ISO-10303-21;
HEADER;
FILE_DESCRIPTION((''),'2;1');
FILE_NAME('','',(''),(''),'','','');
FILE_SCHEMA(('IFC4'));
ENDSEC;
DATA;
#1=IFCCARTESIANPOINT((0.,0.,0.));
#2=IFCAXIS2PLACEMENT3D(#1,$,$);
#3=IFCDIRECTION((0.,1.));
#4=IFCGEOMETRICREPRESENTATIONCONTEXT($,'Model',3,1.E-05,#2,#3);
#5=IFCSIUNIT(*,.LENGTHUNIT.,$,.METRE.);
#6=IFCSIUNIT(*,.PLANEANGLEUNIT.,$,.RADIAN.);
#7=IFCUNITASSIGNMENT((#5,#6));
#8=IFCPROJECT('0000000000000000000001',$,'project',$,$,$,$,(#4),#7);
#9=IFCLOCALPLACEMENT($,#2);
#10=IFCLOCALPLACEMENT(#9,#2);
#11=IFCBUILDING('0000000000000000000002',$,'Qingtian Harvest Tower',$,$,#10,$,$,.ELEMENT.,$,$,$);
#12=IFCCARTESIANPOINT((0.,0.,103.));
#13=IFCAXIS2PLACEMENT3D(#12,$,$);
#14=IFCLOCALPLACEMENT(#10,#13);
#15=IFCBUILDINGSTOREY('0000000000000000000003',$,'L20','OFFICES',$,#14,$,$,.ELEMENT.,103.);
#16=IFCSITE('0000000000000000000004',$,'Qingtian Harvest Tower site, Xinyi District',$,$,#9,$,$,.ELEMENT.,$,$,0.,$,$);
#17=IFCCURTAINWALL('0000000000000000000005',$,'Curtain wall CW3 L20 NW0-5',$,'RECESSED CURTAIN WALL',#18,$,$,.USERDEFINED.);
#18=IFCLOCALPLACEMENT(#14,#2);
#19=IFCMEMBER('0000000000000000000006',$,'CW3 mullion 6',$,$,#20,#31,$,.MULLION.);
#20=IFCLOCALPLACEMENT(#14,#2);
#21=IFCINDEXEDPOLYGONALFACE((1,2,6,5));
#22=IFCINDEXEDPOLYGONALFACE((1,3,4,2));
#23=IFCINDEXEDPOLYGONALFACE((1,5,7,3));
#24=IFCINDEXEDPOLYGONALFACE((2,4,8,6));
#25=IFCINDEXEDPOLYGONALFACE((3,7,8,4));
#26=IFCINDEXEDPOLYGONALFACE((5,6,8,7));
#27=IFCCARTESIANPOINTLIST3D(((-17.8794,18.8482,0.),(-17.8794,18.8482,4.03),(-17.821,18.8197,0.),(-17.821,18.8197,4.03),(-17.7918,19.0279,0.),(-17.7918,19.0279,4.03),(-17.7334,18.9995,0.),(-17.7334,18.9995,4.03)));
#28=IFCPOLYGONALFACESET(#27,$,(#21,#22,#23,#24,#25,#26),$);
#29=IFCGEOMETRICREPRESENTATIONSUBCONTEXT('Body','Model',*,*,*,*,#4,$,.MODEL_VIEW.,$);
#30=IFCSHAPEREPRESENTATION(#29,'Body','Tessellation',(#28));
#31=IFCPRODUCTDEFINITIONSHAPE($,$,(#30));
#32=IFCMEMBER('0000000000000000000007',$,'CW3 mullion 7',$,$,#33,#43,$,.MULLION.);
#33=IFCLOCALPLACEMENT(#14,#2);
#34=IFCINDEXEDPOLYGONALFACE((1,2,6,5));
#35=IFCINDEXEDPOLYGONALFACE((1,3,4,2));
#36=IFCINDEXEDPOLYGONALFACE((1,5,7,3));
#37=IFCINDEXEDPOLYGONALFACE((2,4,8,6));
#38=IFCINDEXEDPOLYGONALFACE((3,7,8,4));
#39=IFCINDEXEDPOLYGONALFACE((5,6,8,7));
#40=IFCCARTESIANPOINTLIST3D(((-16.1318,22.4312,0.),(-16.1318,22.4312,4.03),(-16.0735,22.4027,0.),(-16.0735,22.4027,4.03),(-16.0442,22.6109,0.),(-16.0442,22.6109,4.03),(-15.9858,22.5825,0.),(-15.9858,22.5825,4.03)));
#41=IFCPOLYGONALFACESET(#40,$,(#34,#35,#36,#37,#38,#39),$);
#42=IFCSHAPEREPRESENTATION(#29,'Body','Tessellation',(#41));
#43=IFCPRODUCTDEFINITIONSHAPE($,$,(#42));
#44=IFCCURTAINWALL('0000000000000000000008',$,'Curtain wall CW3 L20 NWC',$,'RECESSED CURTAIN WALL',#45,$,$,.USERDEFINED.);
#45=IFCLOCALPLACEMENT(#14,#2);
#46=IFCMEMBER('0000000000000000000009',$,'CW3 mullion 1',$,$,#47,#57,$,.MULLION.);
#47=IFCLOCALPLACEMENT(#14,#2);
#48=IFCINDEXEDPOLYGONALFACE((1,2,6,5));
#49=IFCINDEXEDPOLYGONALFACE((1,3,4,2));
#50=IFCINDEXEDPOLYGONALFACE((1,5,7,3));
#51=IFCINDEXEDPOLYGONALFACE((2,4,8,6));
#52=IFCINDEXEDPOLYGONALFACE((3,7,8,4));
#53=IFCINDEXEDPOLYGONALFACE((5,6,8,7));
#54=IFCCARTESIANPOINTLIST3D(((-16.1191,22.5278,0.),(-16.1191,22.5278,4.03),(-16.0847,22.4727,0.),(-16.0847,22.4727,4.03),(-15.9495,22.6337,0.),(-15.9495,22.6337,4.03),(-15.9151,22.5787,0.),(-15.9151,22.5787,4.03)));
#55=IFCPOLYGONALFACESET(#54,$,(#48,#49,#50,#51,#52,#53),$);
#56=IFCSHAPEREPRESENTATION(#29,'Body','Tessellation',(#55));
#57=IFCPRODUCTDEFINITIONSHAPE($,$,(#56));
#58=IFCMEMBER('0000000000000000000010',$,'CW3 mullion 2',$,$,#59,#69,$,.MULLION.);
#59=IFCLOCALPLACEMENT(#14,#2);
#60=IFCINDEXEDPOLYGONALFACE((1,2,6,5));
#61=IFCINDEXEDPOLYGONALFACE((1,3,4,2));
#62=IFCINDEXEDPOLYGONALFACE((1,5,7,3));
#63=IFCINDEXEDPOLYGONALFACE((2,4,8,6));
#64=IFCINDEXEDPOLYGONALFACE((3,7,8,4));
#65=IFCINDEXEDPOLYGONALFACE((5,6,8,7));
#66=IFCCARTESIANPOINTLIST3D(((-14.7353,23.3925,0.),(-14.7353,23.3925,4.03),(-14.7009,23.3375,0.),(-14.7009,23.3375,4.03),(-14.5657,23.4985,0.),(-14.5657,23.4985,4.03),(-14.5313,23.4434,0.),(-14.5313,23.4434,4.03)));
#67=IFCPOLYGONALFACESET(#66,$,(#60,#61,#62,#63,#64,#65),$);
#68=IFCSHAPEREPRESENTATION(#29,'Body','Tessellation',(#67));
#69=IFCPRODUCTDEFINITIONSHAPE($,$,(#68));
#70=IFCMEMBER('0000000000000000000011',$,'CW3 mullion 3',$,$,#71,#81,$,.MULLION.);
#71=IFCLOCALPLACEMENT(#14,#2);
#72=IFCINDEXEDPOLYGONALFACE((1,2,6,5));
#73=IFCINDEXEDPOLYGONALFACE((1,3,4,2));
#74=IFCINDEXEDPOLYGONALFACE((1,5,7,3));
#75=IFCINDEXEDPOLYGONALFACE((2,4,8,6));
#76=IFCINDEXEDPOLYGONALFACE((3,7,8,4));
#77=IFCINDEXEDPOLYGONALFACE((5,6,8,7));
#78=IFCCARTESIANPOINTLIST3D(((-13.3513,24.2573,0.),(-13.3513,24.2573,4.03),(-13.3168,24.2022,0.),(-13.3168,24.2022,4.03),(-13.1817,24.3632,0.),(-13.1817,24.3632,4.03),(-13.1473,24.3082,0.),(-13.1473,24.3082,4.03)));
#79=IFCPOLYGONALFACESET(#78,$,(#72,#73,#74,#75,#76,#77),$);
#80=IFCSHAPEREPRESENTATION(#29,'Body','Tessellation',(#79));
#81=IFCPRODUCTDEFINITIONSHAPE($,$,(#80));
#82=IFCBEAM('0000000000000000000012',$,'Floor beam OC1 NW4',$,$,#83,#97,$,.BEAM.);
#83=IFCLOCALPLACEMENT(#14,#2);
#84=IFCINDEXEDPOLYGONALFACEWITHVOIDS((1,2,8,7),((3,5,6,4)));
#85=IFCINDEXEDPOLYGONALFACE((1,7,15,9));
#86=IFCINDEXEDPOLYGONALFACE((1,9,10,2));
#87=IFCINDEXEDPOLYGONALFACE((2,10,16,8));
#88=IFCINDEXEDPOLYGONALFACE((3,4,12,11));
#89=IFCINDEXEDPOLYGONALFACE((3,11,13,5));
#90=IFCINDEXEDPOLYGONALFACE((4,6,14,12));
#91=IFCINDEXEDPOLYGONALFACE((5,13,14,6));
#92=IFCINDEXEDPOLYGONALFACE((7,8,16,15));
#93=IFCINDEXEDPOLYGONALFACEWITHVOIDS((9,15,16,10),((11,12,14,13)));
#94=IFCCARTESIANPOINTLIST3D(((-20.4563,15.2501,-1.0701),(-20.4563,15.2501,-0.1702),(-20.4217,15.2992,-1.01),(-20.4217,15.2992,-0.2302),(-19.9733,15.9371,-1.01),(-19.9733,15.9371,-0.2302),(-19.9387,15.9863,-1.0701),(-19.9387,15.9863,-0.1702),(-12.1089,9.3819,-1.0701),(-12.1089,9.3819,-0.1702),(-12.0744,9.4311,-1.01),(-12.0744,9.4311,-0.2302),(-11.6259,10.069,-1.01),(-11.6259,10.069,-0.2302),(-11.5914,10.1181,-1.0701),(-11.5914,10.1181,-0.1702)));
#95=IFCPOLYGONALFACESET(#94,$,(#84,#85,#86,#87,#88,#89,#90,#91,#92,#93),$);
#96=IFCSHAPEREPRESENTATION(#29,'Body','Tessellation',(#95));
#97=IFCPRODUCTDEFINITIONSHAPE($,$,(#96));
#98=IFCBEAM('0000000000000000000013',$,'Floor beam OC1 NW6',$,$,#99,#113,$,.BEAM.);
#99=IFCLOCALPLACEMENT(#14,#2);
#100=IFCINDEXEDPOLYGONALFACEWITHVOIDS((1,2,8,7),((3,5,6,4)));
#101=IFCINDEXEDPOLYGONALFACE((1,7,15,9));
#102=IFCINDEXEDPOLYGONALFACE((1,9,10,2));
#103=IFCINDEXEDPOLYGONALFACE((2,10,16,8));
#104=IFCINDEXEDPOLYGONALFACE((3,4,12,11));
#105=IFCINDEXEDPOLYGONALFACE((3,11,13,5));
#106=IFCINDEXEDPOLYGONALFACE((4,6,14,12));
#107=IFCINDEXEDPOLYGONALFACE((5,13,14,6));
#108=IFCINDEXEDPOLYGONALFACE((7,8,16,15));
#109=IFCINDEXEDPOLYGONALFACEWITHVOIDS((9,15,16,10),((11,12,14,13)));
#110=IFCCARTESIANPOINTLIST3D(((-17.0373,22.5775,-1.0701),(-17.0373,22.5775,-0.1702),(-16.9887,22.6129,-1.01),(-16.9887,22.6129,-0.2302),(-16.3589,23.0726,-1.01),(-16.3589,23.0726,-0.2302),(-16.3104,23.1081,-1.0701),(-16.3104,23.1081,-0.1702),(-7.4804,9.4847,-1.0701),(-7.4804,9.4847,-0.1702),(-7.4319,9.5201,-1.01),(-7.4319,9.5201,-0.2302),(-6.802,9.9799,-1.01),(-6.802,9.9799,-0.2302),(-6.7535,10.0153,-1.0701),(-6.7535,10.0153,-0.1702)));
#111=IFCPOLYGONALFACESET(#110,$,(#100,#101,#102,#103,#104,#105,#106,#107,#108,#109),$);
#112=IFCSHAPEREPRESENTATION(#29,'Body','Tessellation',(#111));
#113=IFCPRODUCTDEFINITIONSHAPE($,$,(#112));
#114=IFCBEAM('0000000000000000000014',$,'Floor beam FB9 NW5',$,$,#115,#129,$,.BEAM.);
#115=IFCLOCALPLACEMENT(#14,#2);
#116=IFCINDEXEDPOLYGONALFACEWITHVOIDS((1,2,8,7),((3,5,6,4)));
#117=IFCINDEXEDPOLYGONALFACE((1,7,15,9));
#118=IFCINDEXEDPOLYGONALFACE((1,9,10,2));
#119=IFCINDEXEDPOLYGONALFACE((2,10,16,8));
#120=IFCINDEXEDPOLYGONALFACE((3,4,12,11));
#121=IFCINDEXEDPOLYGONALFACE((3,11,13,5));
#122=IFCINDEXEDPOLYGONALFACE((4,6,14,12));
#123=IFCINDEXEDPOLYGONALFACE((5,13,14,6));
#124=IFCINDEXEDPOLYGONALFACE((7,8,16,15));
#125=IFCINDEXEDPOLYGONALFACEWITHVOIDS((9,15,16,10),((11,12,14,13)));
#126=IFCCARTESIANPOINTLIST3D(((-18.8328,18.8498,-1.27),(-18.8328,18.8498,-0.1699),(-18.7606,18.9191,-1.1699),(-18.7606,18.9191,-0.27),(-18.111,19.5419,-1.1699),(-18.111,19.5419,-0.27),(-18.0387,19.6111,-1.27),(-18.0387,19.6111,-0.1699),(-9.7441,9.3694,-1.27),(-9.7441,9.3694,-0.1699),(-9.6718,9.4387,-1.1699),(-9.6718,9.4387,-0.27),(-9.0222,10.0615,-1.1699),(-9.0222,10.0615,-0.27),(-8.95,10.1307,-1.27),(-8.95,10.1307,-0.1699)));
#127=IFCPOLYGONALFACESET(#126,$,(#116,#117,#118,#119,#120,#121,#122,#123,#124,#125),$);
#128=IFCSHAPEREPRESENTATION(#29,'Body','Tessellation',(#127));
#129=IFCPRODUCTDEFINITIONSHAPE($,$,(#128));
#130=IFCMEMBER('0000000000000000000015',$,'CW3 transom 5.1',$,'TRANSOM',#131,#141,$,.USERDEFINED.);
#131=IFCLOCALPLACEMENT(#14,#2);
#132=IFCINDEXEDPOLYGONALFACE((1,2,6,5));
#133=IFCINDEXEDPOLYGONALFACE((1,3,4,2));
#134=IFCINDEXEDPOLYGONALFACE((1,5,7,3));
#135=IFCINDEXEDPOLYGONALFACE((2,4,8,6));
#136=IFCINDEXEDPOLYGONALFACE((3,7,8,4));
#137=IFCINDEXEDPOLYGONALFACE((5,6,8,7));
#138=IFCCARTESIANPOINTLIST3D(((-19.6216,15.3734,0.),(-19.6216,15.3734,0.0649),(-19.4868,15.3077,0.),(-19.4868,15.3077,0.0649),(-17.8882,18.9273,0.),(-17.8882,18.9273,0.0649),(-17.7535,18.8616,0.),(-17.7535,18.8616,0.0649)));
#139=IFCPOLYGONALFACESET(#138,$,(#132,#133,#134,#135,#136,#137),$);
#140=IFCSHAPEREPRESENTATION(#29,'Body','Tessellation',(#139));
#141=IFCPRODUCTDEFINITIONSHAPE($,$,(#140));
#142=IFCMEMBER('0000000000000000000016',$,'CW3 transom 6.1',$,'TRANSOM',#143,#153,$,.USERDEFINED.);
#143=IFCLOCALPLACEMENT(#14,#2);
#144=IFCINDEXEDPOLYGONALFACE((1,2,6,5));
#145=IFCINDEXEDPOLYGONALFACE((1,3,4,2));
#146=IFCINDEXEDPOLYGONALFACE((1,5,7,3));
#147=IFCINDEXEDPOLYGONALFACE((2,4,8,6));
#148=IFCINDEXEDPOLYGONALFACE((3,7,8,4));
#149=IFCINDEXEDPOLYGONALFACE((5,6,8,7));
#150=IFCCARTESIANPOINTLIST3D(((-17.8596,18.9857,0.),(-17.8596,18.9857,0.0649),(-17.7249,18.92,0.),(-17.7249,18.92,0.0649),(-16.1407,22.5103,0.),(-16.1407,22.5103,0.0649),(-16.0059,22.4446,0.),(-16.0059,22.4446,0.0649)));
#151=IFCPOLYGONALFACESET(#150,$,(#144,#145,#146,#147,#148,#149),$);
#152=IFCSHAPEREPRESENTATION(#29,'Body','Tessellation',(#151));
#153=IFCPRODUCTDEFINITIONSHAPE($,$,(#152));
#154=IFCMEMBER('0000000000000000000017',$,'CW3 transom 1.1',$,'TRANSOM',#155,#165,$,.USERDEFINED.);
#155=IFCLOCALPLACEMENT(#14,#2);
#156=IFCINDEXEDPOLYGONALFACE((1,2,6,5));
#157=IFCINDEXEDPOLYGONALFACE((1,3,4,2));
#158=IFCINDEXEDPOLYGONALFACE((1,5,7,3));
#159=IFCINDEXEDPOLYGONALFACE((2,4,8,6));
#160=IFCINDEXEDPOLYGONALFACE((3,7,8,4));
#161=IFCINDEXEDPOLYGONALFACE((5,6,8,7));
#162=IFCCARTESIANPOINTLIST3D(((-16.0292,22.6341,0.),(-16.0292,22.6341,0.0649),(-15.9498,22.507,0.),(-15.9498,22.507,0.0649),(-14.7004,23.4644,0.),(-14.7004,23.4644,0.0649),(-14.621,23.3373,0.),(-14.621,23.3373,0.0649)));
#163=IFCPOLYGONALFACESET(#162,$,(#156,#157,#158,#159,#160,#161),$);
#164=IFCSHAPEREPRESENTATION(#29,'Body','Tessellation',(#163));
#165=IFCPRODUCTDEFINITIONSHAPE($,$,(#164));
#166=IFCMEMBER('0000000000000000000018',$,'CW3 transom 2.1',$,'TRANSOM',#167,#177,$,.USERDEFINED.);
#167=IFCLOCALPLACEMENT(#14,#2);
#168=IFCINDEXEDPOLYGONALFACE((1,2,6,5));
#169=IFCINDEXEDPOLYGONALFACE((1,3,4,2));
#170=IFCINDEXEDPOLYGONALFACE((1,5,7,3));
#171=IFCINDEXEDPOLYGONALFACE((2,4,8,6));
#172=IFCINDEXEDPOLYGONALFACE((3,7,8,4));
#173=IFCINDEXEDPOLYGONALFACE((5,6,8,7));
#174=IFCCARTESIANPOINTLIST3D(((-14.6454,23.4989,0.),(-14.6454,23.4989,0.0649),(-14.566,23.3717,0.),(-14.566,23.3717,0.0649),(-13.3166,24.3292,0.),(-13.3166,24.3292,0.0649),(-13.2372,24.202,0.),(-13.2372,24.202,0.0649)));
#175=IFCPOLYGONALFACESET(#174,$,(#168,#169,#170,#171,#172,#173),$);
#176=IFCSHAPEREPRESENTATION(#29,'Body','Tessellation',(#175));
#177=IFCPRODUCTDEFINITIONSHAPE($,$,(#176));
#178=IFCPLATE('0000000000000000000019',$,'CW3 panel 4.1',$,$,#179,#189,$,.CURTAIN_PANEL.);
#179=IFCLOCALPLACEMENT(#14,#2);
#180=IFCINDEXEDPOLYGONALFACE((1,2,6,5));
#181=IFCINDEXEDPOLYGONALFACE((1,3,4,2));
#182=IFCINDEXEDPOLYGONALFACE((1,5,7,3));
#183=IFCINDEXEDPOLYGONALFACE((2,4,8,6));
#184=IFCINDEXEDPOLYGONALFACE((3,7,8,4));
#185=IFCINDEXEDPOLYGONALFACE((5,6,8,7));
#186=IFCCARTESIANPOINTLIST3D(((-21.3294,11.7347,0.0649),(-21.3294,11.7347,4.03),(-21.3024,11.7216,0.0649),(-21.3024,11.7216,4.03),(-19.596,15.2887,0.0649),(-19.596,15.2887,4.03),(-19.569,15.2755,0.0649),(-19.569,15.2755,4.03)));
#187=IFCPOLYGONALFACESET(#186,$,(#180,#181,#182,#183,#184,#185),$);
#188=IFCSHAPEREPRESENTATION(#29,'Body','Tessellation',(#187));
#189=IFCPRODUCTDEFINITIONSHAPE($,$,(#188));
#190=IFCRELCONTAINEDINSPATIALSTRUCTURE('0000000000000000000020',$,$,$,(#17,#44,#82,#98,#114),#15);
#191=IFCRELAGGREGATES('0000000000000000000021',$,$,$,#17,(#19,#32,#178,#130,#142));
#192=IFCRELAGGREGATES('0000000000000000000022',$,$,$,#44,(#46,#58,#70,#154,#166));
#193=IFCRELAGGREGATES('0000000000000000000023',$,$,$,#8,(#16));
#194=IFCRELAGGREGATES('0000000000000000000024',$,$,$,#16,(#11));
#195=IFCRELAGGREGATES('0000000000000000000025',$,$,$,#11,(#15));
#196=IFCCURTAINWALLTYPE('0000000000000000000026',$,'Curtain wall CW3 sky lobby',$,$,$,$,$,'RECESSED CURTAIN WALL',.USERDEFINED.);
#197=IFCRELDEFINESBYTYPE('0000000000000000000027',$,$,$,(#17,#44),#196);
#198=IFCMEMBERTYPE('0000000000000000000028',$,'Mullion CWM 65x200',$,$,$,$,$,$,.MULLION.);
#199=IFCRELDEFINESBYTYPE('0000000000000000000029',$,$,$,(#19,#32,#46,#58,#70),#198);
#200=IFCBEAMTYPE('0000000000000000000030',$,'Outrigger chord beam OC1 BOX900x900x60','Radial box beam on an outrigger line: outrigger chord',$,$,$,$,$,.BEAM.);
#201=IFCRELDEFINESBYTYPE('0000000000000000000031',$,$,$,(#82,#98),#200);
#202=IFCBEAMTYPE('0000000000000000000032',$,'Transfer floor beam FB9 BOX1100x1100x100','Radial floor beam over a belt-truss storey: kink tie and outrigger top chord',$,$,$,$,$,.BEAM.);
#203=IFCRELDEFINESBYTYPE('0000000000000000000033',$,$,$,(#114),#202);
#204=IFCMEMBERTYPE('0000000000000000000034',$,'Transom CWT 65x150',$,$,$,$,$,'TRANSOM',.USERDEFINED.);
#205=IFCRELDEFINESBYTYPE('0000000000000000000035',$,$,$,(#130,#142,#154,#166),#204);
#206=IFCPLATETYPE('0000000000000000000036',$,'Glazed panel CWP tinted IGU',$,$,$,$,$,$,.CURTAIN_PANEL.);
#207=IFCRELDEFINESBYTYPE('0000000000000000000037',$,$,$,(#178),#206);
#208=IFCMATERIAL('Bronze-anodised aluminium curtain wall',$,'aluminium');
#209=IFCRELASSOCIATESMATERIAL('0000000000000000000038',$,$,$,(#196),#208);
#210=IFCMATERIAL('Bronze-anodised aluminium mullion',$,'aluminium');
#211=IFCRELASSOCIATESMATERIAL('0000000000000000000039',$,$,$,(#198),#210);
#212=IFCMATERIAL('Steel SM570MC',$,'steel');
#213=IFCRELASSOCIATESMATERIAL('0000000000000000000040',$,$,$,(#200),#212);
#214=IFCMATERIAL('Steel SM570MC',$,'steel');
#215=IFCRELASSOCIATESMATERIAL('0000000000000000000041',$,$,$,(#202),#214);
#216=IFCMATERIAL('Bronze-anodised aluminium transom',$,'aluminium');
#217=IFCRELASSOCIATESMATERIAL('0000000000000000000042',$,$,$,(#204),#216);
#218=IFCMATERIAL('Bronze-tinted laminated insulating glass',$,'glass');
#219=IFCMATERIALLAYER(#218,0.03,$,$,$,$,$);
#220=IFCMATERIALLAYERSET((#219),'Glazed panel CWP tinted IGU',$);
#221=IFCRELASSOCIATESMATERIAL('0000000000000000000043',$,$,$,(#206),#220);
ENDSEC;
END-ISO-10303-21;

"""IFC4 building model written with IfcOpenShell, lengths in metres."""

from ifc_helpers import new_model, si_unit, direction, frame, origin, origin_2d, place, context, subcontext, project, spatial, rectangle, hollow_rectangle, extrude, material, layer, layer_set, material_profile, profile_set, type_object, element, aggregate, save


model = new_model("IFC4")

# Units and contexts
model_context = context("Model", 3, precision=1e-05, world=origin(), true_north=direction((0.0, 1.0)))
body_context = subcontext(model_context, "Body", "Model", "MODEL_VIEW")
ifc_project = project(units=[si_unit("LENGTHUNIT", "METRE"), si_unit("PLANEANGLEUNIT", "RADIAN")], contexts=[model_context])

# Site, building, storey
site_placement = place(None, origin())
site = spatial("IfcSite", under=ifc_project, at=site_placement, Name="Qingtian Harvest Tower site, Xinyi District", CompositionType="ELEMENT", RefElevation=0.0)
building_placement = place(site_placement, origin())
building = spatial("IfcBuilding", under=site, at=building_placement, Name="Qingtian Harvest Tower", CompositionType="ELEMENT")
storey_placement = place(building_placement, frame((0.0, 0.0, 103.0)))
storey = spatial("IfcBuildingStorey", under=building, at=storey_placement, Name="L20", Description="OFFICES", CompositionType="ELEMENT", Elevation=103.0)

# Curtain walls, members
ifc_material_1 = material(Name="Bronze-anodised aluminium curtain wall", Category="aluminium")
curtain_wall_type = type_object("IfcCurtainWallType", Name="Curtain wall CW3 sky lobby", ElementType="RECESSED CURTAIN WALL", PredefinedType="USERDEFINED", material=ifc_material_1)
curtain_wall_1_placement = place(storey_placement, origin())
curtain_wall_1 = element("IfcCurtainWall", 1, at=curtain_wall_1_placement, inside=storey, type_object=curtain_wall_type, Name="Curtain wall CW3 L20 NW0-5", ObjectType="RECESSED CURTAIN WALL", PredefinedType="USERDEFINED")
ifc_material_2 = material(Name="Bronze-anodised aluminium mullion", Category="aluminium")
ifc_material_profile_1 = material_profile(ifc_material_2, rectangle(XDim=0.0649, YDim=0.2, at=origin_2d()), Name="AL 65x200")
ifc_profile_set_1 = profile_set([ifc_material_profile_1], Name="Bronze-anodised aluminium mullion")
member_type_1 = type_object("IfcMemberType", Name="Mullion CWM 65x200", PredefinedType="MULLION", material=ifc_profile_set_1)
member_1_placement = place(storey_placement, frame((-17.8064, 18.9238, 0.0), z_axis=(0.0, 0.0, 1.0), x_axis=(-0.898794, 0.438371, 0.0)))
member_1 = element("IfcMember", 2, at=member_1_placement, type_object=member_type_1, Name="CW3 mullion 6", PredefinedType="MULLION", context=body_context, shape_type="SweptSolid", body=[
    extrude(rectangle(XDim=0.0649, YDim=0.2, at=origin_2d()), origin(), (0.0, 0.0, 1.0), 4.03),
])
member_2_placement = place(storey_placement, frame((-16.0588, 22.5068, 0.0), z_axis=(0.0, 0.0, 1.0), x_axis=(-0.898794, 0.438371, 0.0)))
member_2 = element("IfcMember", 3, at=member_2_placement, type_object=member_type_1, Name="CW3 mullion 7", PredefinedType="MULLION", context=body_context, shape_type="SweptSolid", body=[
    extrude(rectangle(XDim=0.0649, YDim=0.2, at=origin_2d()), origin(), (0.0, 0.0, 1.0), 4.03),
])
curtain_wall_2_placement = place(storey_placement, origin())
curtain_wall_2 = element("IfcCurtainWall", 4, at=curtain_wall_2_placement, inside=storey, type_object=curtain_wall_type, Name="Curtain wall CW3 L20 NWC", ObjectType="RECESSED CURTAIN WALL", PredefinedType="USERDEFINED")
member_3_placement = place(storey_placement, frame((-16.0171, 22.5532, 0.0), z_axis=(0.0, 0.0, 1.0), x_axis=(-0.529919, 0.848048, 0.0)))
member_3 = element("IfcMember", 5, at=member_3_placement, type_object=member_type_1, Name="CW3 mullion 1", PredefinedType="MULLION", context=body_context, shape_type="SweptSolid", body=[
    extrude(rectangle(XDim=0.0649, YDim=0.2, at=origin_2d()), origin(), (0.0, 0.0, 1.0), 4.03),
])
member_4_placement = place(storey_placement, frame((-14.6333, 23.418, 0.0), z_axis=(0.0, 0.0, 1.0), x_axis=(-0.529919, 0.848048, 0.0)))
member_4 = element("IfcMember", 6, at=member_4_placement, type_object=member_type_1, Name="CW3 mullion 2", PredefinedType="MULLION", context=body_context, shape_type="SweptSolid", body=[
    extrude(rectangle(XDim=0.0649, YDim=0.2, at=origin_2d()), origin(), (0.0, 0.0, 1.0), 4.03),
])
member_5_placement = place(storey_placement, frame((-13.2493, 24.2827, 0.0), z_axis=(0.0, 0.0, 1.0), x_axis=(-0.529919, 0.848048, 0.0)))
member_5 = element("IfcMember", 7, at=member_5_placement, type_object=member_type_1, Name="CW3 mullion 3", PredefinedType="MULLION", context=body_context, shape_type="SweptSolid", body=[
    extrude(rectangle(XDim=0.0649, YDim=0.2, at=origin_2d()), origin(), (0.0, 0.0, 1.0), 4.03),
])

# Beams
ifc_material_3 = material(Name="Steel SM570MC", Category="steel")
ifc_material_profile_2 = material_profile(ifc_material_3, hollow_rectangle(XDim=0.8999, YDim=0.8999, WallThickness=0.0601, at=origin_2d()), Name="BOX900x900x60")
ifc_profile_set_2 = profile_set([ifc_material_profile_2], Name="Steel SM570MC")
beam_type_1 = type_object("IfcBeamType", Name="Outrigger chord beam OC1 BOX900x900x60", Description="Radial box beam on an outrigger line: outrigger chord", PredefinedType="BEAM", material=ifc_profile_set_2)
beam_1_placement = place(storey_placement, frame((-20.1975, 15.6182, -0.6201), z_axis=(0.81808, -0.575104, 0.0), x_axis=(0.575104, 0.81808, 0.0)))
element("IfcBeam", 8, at=beam_1_placement, inside=storey, type_object=beam_type_1, Name="Floor beam OC1 NW4", PredefinedType="BEAM", context=body_context, shape_type="SweptSolid", body=[
    extrude(hollow_rectangle(XDim=0.8999, YDim=0.8999, WallThickness=0.0601, at=origin_2d()), origin(), (0.0, 0.0, 1.0), 10.2036),
])
beam_2_placement = place(storey_placement, frame((-16.6738, 22.8428, -0.6201), z_axis=(0.589578, -0.807712, 0.0), x_axis=(0.807712, 0.589578, 0.0)))
element("IfcBeam", 9, at=beam_2_placement, inside=storey, type_object=beam_type_1, Name="Floor beam OC1 NW6", PredefinedType="BEAM", context=body_context, shape_type="SweptSolid", body=[
    extrude(hollow_rectangle(XDim=0.8999, YDim=0.8999, WallThickness=0.0601, at=origin_2d()), origin(), (0.0, 0.0, 1.0), 16.2097),
])
ifc_material_4 = material(Name="Steel SM570MC", Category="steel")
ifc_material_profile_3 = material_profile(ifc_material_4, hollow_rectangle(XDim=1.1001, YDim=1.1001, WallThickness=0.1001, at=origin_2d()), Name="BOX1100x1100x100")
ifc_profile_set_3 = profile_set([ifc_material_profile_3], Name="Steel SM570MC")
beam_type_2 = type_object("IfcBeamType", Name="Transfer floor beam FB9 BOX1100x1100x100", Description="Radial floor beam over a belt-truss storey: kink tie and outrigger top chord", PredefinedType="BEAM", material=ifc_profile_set_3)
beam_3_placement = place(storey_placement, frame((-18.4358, 19.2305, -0.72), z_axis=(0.692041, -0.721858, 0.0), x_axis=(0.721858, 0.692041, 0.0)))
element("IfcBeam", 10, at=beam_3_placement, inside=storey, type_object=beam_type_2, Name="Floor beam FB9 NW5", PredefinedType="BEAM", context=body_context, shape_type="SweptSolid", body=[
    extrude(hollow_rectangle(XDim=1.1001, YDim=1.1001, WallThickness=0.1001, at=origin_2d()), origin(), (0.0, 0.0, 1.0), 13.1333),
])

# Members
ifc_material_5 = material(Name="Bronze-anodised aluminium transom", Category="aluminium")
ifc_material_profile_4 = material_profile(ifc_material_5, rectangle(XDim=0.1499, YDim=0.0649, at=origin_2d()), Name="AL 65x150")
ifc_profile_set_4 = profile_set([ifc_material_profile_4], Name="Bronze-anodised aluminium transom")
member_type_2 = type_object("IfcMemberType", Name="Transom CWT 65x150", ElementType="TRANSOM", PredefinedType="USERDEFINED", material=ifc_profile_set_4)
member_6_placement = place(storey_placement, frame((-19.5542, 15.3406, 0.0325), z_axis=(0.438375, 0.898792, 0.0), x_axis=(-0.898792, 0.438375, 0.0)))
member_6 = element("IfcMember", 11, at=member_6_placement, type_object=member_type_2, Name="CW3 transom 5.1", ObjectType="TRANSOM", PredefinedType="USERDEFINED", context=body_context, shape_type="SweptSolid", body=[
    extrude(rectangle(XDim=0.1499, YDim=0.0649, at=origin_2d()), origin(), (0.0, 0.0, 1.0), 3.9541),
])
member_7_placement = place(storey_placement, frame((-17.7922, 18.9529, 0.0325), z_axis=(0.438351, 0.898804, 0.0), x_axis=(-0.898804, 0.438351, 0.0)))
member_7 = element("IfcMember", 12, at=member_7_placement, type_object=member_type_2, Name="CW3 transom 6.1", ObjectType="TRANSOM", PredefinedType="USERDEFINED", context=body_context, shape_type="SweptSolid", body=[
    extrude(rectangle(XDim=0.1499, YDim=0.0649, at=origin_2d()), origin(), (0.0, 0.0, 1.0), 3.9214),
])
member_8_placement = place(storey_placement, frame((-15.9895, 22.5706, 0.0325), z_axis=(0.84806, 0.529901, 0.0), x_axis=(-0.529901, 0.84806, 0.0)))
member_8 = element("IfcMember", 13, at=member_8_placement, type_object=member_type_2, Name="CW3 transom 1.1", ObjectType="TRANSOM", PredefinedType="USERDEFINED", context=body_context, shape_type="SweptSolid", body=[
    extrude(rectangle(XDim=0.1499, YDim=0.0649, at=origin_2d()), origin(), (0.0, 0.0, 1.0), 1.5669),
])
member_9_placement = place(storey_placement, frame((-14.6057, 23.4353, 0.0325), z_axis=(0.84806, 0.529901, 0.0), x_axis=(-0.529901, 0.84806, 0.0)))
member_9 = element("IfcMember", 14, at=member_9_placement, type_object=member_type_2, Name="CW3 transom 2.1", ObjectType="TRANSOM", PredefinedType="USERDEFINED", context=body_context, shape_type="SweptSolid", body=[
    extrude(rectangle(XDim=0.1499, YDim=0.0649, at=origin_2d()), origin(), (0.0, 0.0, 1.0), 1.5669),
])

# Plate
ifc_material_6 = material(Name="Bronze-tinted laminated insulating glass", Category="glass")
ifc_layer_1 = layer(ifc_material_6, 0.03)
ifc_layer_set_1 = layer_set([ifc_layer_1], Name="Glazed panel CWP tinted IGU")
plate_type = type_object("IfcPlateType", Name="Glazed panel CWP tinted IGU", PredefinedType="CURTAIN_PANEL", material=ifc_layer_set_1)
plate_1_placement = place(storey_placement, frame((-20.4492, 13.5051, 0.0649), z_axis=(0.0, 0.0, 1.0), x_axis=(0.438371, 0.898794, 0.0)))
plate_1 = element("IfcPlate", 15, at=plate_1_placement, type_object=plate_type, Name="CW3 panel 4.1", PredefinedType="CURTAIN_PANEL", context=body_context, shape_type="SweptSolid", body=[
    extrude(rectangle(XDim=3.9541, YDim=0.03, at=origin_2d()), origin(), (0.0, 0.0, 1.0), 3.9651),
])
aggregate(curtain_wall_1, [member_1, member_2, plate_1, member_6, member_7])
aggregate(curtain_wall_2, [member_3, member_4, member_5, member_8, member_9])

save(model, "model.ifc")
